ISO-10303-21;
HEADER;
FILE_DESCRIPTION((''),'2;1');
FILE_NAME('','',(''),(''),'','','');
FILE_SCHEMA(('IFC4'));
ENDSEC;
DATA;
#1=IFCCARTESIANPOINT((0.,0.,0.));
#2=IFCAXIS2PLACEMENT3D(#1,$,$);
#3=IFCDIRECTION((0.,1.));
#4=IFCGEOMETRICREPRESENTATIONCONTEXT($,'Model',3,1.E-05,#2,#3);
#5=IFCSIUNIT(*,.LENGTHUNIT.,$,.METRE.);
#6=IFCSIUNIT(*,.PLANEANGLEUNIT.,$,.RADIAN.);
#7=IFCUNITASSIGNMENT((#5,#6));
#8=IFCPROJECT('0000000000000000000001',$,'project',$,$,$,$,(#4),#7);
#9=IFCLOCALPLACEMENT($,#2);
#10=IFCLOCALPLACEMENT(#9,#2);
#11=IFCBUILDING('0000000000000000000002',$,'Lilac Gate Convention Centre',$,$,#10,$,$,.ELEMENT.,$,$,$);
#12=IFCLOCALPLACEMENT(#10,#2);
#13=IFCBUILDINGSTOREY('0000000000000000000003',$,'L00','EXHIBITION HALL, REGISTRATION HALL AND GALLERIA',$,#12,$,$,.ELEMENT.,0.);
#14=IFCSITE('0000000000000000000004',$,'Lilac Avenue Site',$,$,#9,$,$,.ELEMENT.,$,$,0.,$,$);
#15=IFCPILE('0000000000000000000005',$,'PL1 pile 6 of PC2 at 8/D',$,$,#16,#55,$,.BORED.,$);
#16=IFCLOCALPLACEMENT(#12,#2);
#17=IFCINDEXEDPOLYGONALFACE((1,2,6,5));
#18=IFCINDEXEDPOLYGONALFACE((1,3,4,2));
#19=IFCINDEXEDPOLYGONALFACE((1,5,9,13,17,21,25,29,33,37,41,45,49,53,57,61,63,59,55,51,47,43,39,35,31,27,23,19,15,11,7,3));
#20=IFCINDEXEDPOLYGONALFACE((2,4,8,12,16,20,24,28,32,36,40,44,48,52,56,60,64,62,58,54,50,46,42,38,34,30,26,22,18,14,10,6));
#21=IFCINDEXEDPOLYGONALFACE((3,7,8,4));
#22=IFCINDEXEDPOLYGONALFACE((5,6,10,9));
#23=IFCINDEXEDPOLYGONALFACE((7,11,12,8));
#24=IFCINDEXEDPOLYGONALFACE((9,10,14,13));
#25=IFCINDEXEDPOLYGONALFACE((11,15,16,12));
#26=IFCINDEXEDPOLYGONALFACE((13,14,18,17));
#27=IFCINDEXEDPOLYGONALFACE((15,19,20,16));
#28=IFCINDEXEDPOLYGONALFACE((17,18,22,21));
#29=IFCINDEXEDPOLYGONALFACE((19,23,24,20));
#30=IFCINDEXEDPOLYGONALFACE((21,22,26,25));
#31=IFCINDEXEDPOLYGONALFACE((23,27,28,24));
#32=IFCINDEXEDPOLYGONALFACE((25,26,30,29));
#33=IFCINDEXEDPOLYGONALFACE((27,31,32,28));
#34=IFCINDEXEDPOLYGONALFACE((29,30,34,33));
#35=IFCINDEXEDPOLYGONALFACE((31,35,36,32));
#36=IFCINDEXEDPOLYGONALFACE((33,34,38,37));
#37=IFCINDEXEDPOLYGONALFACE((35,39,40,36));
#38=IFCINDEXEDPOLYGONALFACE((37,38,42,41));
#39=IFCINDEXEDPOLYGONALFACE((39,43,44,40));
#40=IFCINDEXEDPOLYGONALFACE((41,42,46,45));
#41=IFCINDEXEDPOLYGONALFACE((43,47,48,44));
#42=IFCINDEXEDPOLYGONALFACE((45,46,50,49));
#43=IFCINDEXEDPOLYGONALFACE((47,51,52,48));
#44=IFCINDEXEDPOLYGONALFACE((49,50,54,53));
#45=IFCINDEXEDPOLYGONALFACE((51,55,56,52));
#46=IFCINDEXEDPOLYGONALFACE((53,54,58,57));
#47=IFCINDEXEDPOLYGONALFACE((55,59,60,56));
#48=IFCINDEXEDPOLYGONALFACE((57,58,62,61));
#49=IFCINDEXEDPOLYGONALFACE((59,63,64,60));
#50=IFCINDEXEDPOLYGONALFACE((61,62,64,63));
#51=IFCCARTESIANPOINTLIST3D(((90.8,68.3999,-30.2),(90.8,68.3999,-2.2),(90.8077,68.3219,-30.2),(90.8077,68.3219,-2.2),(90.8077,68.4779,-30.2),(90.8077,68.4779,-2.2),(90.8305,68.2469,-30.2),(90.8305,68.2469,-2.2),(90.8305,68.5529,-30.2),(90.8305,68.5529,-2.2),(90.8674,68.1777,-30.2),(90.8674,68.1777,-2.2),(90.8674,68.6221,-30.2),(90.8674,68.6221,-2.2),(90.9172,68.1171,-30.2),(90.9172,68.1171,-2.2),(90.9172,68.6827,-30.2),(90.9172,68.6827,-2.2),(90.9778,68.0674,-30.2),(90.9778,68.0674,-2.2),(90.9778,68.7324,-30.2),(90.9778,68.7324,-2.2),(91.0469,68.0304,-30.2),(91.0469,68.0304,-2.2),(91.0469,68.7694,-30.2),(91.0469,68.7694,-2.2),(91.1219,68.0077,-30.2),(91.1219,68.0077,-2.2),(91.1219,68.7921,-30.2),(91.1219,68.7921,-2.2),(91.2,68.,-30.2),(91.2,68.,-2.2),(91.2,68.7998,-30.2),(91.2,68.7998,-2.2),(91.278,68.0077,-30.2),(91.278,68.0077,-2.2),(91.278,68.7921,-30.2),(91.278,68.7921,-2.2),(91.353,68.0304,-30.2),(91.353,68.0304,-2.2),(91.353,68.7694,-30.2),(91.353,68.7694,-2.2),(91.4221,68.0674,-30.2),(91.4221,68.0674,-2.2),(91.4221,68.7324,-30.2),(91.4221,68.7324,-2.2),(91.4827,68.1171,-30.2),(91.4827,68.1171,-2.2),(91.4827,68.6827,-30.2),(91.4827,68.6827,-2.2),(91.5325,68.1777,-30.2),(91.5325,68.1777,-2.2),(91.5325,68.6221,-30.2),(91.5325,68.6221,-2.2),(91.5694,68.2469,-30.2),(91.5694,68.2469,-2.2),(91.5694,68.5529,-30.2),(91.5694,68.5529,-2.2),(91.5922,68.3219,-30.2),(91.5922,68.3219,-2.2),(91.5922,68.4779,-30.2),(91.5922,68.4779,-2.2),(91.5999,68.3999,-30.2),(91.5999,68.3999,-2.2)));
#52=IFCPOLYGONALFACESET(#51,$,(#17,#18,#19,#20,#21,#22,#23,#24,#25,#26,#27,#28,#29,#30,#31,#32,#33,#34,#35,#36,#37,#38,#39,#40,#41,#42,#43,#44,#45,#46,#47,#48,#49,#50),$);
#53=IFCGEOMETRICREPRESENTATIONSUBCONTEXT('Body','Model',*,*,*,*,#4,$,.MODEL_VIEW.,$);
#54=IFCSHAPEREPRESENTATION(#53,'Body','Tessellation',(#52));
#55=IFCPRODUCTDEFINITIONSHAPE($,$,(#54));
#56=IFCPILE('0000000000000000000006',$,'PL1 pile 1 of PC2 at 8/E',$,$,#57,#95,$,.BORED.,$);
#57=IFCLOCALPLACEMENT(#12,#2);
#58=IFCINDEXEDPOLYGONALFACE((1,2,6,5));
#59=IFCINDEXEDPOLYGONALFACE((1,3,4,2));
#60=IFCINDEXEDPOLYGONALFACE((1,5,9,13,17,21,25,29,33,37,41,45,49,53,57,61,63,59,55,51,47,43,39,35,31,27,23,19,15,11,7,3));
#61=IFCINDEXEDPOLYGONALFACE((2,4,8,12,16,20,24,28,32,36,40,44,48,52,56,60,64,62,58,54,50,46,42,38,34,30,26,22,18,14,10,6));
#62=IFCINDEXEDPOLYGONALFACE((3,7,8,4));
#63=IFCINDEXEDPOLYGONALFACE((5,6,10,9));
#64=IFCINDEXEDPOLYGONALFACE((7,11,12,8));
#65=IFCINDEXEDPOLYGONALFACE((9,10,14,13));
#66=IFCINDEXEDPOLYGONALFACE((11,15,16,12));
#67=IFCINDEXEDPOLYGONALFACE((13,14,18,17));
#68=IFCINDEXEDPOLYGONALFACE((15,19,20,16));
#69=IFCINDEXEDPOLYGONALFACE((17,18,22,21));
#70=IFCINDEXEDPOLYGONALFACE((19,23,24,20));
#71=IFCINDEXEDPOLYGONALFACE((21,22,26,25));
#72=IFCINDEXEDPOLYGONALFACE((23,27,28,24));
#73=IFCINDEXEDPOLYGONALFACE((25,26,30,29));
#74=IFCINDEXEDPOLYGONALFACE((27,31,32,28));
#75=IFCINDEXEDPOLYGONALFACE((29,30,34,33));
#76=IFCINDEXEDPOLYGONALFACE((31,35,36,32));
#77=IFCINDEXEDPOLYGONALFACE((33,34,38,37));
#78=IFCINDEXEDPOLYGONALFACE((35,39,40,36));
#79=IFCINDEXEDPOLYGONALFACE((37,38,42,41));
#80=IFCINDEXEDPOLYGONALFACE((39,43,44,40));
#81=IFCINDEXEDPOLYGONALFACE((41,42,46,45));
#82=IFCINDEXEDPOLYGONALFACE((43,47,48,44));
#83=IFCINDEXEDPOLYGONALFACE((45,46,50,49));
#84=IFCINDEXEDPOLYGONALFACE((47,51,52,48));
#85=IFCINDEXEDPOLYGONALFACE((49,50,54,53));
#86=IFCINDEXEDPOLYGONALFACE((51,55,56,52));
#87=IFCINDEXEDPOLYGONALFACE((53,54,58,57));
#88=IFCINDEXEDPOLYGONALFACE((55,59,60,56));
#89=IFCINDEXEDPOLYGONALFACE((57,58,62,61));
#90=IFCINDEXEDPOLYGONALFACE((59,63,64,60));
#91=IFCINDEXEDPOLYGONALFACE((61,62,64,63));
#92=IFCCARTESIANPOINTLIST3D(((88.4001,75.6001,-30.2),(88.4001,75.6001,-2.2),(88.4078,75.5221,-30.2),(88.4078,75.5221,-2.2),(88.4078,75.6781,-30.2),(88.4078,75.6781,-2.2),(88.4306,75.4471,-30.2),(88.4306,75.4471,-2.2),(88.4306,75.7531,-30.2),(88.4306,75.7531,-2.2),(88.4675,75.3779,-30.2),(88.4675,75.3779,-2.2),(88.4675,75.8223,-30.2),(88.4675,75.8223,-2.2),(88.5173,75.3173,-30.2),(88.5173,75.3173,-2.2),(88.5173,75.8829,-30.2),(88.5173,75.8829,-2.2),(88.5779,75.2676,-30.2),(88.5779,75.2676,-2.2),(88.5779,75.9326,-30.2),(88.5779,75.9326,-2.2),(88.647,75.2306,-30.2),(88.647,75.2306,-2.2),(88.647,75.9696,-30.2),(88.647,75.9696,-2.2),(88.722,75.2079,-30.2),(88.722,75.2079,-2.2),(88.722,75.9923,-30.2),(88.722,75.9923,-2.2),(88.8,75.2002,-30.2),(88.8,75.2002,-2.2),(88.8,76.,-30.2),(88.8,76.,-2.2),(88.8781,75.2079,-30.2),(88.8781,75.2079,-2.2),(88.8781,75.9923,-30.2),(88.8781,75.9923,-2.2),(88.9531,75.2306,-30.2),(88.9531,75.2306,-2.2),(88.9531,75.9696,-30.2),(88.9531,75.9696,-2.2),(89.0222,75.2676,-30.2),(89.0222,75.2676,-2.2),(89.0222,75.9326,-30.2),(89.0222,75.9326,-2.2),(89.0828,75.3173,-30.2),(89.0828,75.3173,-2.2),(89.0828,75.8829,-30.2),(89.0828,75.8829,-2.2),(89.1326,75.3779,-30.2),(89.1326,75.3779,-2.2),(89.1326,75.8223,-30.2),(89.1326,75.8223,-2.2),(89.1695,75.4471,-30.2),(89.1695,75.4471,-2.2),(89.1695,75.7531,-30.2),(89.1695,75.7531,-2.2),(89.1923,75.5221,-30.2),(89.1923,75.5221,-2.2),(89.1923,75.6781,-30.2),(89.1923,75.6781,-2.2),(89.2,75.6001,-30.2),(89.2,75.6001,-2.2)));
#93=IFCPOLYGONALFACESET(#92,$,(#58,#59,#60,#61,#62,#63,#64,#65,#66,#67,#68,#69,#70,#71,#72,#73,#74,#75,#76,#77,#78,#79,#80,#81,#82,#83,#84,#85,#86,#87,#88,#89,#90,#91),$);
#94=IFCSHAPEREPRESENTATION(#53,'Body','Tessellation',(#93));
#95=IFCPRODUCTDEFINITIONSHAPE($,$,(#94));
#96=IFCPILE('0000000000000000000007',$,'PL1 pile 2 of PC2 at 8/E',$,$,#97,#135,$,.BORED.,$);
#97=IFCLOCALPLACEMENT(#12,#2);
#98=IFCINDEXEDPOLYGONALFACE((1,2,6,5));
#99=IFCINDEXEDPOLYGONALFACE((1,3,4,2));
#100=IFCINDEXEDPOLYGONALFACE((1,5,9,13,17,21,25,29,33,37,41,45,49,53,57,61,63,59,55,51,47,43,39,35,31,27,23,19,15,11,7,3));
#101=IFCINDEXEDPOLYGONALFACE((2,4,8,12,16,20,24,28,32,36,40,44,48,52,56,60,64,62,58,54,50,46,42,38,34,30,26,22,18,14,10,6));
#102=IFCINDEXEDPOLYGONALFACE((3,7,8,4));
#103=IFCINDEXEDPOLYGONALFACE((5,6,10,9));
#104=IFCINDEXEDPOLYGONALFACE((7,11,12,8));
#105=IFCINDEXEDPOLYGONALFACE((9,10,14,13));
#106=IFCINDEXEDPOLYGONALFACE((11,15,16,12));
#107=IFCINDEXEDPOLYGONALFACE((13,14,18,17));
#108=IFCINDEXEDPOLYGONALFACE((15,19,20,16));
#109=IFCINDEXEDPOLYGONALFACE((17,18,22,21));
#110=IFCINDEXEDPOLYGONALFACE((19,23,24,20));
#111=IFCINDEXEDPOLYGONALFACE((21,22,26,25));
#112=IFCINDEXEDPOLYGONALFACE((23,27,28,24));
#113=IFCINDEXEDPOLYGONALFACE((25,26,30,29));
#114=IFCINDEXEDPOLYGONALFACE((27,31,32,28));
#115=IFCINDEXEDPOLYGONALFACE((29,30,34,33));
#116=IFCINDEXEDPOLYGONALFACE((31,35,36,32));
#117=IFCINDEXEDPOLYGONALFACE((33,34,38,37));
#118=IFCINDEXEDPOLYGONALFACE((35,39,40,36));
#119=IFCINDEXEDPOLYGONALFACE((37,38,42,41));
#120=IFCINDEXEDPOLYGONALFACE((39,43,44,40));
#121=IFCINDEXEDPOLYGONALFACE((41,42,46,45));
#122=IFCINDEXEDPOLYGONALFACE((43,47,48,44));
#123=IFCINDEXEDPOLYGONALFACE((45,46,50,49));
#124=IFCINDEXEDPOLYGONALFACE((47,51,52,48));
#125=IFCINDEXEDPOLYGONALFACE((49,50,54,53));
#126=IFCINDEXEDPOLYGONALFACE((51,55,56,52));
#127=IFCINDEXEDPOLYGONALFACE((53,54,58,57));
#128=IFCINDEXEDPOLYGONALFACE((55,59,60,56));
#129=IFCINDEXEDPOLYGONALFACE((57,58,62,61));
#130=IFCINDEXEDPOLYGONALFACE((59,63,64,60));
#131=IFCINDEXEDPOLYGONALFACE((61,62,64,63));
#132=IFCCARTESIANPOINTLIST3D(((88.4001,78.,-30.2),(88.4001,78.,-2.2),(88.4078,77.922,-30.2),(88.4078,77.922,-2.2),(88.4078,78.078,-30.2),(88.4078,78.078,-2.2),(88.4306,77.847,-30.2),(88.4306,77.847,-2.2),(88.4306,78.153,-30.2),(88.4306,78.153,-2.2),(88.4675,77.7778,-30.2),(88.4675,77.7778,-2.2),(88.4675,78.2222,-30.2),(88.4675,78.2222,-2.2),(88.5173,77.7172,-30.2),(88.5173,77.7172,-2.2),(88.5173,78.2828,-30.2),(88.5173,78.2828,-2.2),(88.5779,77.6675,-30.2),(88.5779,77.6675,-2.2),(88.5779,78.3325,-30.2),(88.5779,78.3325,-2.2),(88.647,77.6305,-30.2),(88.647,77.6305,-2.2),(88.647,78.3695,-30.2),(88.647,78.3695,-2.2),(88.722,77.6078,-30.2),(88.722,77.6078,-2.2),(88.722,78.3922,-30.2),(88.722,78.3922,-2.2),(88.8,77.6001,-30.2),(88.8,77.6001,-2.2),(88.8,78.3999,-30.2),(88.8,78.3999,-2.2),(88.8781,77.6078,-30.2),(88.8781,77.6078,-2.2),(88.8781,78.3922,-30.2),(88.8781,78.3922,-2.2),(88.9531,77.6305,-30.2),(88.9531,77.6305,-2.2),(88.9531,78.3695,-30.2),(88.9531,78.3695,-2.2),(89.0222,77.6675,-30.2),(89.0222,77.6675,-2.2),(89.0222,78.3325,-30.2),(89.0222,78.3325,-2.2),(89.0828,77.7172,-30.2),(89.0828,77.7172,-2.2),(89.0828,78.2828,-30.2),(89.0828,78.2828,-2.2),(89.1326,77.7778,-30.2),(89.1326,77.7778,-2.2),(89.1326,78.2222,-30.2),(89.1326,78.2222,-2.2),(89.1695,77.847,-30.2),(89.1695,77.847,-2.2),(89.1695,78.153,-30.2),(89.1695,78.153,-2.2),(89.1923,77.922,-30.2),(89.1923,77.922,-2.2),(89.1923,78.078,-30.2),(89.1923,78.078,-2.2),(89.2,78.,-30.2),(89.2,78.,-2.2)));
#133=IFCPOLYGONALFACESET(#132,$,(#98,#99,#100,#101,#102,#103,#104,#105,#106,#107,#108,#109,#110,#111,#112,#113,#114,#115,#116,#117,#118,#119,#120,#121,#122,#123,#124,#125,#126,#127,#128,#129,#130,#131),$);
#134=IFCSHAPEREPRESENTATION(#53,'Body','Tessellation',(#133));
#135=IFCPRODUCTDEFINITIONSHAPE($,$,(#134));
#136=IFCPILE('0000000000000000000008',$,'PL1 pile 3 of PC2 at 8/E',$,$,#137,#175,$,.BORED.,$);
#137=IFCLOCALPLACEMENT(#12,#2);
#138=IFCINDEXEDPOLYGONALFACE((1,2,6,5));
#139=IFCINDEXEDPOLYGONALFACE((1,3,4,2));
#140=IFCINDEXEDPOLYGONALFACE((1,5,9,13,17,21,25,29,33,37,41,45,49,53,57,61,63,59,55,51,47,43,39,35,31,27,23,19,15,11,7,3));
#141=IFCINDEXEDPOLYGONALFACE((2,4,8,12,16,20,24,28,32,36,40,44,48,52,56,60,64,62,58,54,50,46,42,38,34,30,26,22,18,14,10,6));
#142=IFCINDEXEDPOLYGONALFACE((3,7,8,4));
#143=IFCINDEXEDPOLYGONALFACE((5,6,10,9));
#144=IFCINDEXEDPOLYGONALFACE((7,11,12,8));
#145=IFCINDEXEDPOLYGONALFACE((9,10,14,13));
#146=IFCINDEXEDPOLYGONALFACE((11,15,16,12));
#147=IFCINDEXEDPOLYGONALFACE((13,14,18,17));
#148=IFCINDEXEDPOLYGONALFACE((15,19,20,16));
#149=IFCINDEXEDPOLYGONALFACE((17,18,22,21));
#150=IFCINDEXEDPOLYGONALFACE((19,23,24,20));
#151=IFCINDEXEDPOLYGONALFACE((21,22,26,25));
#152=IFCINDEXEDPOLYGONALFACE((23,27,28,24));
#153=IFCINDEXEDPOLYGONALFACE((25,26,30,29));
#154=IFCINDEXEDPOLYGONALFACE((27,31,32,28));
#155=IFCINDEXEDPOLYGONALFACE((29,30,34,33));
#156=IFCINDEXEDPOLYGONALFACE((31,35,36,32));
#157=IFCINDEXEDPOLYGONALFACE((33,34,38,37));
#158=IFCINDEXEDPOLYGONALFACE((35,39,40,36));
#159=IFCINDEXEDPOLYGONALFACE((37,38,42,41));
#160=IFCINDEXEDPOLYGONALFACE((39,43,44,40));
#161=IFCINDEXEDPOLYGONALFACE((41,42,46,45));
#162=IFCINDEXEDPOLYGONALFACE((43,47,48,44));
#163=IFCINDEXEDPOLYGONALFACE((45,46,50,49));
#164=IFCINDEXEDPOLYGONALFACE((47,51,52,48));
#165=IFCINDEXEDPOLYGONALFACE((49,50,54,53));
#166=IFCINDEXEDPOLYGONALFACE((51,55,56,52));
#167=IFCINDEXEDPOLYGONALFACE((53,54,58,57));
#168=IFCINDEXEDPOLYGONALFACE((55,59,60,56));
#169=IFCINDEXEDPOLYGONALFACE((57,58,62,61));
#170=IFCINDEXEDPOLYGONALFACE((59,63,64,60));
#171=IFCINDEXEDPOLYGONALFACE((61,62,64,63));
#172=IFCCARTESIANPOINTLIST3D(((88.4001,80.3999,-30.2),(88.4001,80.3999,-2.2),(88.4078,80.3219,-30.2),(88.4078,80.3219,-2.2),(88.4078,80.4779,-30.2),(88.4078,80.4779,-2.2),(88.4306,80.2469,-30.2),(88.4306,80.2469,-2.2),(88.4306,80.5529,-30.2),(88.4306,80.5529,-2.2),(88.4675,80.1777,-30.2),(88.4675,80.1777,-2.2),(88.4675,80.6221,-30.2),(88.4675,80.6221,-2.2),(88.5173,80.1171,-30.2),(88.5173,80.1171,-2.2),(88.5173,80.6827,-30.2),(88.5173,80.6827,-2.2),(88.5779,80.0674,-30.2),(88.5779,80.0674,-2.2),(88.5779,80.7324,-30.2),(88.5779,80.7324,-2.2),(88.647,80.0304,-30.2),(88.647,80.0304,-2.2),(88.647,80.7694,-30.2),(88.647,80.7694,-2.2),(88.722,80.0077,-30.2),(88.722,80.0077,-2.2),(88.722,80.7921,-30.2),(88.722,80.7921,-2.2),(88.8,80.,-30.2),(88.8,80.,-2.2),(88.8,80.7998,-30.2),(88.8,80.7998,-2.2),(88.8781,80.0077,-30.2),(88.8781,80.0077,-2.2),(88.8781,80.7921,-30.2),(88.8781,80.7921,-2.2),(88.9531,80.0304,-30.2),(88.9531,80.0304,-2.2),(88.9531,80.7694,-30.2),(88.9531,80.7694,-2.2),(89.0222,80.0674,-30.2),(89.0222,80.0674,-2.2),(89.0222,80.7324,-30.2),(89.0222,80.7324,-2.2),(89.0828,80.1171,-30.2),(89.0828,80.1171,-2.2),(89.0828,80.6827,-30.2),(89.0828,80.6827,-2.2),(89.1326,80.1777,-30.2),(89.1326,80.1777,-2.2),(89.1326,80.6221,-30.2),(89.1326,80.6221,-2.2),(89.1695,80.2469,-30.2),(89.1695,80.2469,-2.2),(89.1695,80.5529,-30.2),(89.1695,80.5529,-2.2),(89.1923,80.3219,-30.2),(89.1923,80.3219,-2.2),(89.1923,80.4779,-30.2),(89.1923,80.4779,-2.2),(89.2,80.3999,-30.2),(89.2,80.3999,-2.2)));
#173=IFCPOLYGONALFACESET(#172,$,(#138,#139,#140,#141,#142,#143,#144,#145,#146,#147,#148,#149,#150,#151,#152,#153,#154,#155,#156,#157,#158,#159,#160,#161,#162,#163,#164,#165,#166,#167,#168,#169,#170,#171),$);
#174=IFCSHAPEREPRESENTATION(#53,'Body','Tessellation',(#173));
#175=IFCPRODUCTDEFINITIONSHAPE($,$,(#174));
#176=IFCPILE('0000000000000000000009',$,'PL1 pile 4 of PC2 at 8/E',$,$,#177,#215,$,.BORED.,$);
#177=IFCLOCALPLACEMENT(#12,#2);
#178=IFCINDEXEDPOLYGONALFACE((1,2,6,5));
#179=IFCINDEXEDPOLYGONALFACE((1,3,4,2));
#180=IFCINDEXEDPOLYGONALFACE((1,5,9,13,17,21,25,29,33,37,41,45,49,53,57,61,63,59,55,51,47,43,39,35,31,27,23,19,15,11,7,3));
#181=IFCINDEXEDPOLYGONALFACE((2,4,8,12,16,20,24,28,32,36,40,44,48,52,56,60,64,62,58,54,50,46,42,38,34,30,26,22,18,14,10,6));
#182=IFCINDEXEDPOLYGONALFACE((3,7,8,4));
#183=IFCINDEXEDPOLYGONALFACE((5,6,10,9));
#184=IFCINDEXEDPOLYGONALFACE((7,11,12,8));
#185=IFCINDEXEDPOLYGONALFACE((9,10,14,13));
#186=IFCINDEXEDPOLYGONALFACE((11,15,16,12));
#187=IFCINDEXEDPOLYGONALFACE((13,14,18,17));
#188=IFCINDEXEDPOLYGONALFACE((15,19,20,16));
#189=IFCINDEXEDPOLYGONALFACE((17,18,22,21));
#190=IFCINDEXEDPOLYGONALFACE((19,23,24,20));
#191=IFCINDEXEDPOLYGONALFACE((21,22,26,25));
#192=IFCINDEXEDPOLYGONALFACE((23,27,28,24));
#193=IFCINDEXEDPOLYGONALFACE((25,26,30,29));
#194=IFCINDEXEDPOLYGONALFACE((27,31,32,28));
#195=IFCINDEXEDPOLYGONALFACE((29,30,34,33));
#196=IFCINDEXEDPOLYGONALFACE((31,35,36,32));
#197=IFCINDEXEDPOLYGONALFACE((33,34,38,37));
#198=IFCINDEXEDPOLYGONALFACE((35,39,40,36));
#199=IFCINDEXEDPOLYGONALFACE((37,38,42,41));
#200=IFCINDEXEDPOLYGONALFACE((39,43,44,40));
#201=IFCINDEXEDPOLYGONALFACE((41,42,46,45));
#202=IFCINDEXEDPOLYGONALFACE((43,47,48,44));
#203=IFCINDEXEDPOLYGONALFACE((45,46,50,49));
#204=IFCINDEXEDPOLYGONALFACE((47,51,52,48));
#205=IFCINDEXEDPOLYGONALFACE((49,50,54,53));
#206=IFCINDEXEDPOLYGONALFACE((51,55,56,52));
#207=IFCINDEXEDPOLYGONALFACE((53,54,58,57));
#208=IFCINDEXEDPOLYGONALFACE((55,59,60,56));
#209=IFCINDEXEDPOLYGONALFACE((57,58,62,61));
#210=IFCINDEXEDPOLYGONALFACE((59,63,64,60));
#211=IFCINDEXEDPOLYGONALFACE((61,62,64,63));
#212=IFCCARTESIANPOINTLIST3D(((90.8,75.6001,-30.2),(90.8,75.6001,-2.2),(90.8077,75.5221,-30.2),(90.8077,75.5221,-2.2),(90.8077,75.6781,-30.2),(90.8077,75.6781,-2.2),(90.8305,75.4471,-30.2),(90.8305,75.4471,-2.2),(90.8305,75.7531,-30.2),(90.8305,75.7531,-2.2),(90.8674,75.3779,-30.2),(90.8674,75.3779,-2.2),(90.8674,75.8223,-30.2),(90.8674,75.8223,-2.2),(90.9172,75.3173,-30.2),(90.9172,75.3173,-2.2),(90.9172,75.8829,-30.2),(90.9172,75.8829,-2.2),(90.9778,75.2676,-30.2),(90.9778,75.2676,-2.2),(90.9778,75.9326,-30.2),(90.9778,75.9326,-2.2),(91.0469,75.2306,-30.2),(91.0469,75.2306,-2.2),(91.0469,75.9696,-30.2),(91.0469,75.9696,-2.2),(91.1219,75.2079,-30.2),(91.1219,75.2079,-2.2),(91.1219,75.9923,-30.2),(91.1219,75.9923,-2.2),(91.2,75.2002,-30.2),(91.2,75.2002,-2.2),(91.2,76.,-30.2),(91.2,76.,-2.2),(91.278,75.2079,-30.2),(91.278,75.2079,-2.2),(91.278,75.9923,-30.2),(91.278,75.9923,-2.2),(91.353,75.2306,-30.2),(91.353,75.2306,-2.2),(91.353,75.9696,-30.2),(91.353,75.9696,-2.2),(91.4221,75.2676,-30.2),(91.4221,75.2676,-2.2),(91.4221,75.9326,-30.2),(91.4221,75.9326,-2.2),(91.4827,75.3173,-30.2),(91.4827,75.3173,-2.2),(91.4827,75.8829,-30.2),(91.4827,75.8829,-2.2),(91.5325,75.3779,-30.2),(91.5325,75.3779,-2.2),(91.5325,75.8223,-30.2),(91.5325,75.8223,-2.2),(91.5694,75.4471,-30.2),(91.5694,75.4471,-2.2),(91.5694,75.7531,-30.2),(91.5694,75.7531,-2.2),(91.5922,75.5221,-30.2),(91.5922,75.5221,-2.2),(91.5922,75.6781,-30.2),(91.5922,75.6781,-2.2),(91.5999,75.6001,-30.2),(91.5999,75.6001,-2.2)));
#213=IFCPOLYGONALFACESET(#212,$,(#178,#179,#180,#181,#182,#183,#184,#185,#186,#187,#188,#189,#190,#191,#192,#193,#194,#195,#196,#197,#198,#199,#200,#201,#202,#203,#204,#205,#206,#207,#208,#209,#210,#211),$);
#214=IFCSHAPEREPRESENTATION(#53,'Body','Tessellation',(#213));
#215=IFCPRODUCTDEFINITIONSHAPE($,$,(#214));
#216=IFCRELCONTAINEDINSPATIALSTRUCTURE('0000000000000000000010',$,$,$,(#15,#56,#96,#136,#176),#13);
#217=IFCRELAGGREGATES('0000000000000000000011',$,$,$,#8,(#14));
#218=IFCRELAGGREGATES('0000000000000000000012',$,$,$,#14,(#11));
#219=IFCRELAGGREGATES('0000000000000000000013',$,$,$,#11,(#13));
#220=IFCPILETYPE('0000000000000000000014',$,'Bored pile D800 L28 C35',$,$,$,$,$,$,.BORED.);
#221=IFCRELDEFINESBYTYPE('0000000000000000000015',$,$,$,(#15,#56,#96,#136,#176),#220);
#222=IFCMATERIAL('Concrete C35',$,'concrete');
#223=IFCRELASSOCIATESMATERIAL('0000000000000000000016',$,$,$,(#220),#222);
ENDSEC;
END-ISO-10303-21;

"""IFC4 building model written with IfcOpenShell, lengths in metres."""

from ifc_helpers import new_model, si_unit, direction, frame, origin, origin_2d, place, context, subcontext, project, spatial, circle, extrude, material, material_profile, profile_set, type_object, element, save


model = new_model("IFC4")

# Units and contexts
model_context = context("Model", 3, precision=1e-05, world=origin(), true_north=direction((0.0, 1.0)))
body_context = subcontext(model_context, "Body", "Model", "MODEL_VIEW")
ifc_project = project(units=[si_unit("LENGTHUNIT", "METRE"), si_unit("PLANEANGLEUNIT", "RADIAN")], contexts=[model_context])

# Site, building, storey
site_placement = place(None, origin())
site = spatial("IfcSite", under=ifc_project, at=site_placement, Name="Lilac Avenue Site", CompositionType="ELEMENT", RefElevation=0.0)
building_placement = place(site_placement, origin())
building = spatial("IfcBuilding", under=site, at=building_placement, Name="Lilac Gate Convention Centre", CompositionType="ELEMENT")
storey_placement = place(building_placement, origin())
storey = spatial("IfcBuildingStorey", under=building, at=storey_placement, Name="L00", Description="EXHIBITION HALL, REGISTRATION HALL AND GALLERIA", CompositionType="ELEMENT", Elevation=0.0)

# Piles
ifc_material_1 = material(Name="Concrete C35", Category="concrete")
ifc_material_profile_1 = material_profile(ifc_material_1, circle(Radius=0.3999, at=origin_2d()), Name="D800")
ifc_profile_set_1 = profile_set([ifc_material_profile_1], Name="Concrete C35")
pile_type = type_object("IfcPileType", Name="Bored pile D800 L28 C35", PredefinedType="BORED", material=ifc_profile_set_1)
for number, where, z_axis, x_axis, name in (
    (1, (91.2, 68.3999, -2.2), (0.0, 0.0, -1.0), (1.0, 0.0, 0.0), "PL1 pile 6 of PC2 at 8/D"),
    (2, (88.8, 75.6001, -2.2), (0.0, 0.0, -1.0), (1.0, 0.0, 0.0), "PL1 pile 1 of PC2 at 8/E"),
    (3, (88.8, 78.0, -2.2), (0.0, 0.0, -1.0), (1.0, 0.0, 0.0), "PL1 pile 2 of PC2 at 8/E"),
    (4, (88.8, 80.3999, -2.2), (0.0, 0.0, -1.0), (1.0, 0.0, 0.0), "PL1 pile 3 of PC2 at 8/E"),
    (5, (91.2, 75.6001, -2.2), (0.0, 0.0, -1.0), (1.0, 0.0, 0.0), "PL1 pile 4 of PC2 at 8/E"),
):
    element("IfcPile", number, at=place(storey_placement, frame(where, z_axis=z_axis, x_axis=x_axis)), inside=storey, type_object=pile_type, Name=name, PredefinedType="BORED", context=body_context, shape_type="SweptSolid", body=[
        extrude(circle(Radius=0.3999, at=origin_2d()), origin(), (0.0, 0.0, 1.0), 28.0),
    ])

save(model, "model.ifc")
